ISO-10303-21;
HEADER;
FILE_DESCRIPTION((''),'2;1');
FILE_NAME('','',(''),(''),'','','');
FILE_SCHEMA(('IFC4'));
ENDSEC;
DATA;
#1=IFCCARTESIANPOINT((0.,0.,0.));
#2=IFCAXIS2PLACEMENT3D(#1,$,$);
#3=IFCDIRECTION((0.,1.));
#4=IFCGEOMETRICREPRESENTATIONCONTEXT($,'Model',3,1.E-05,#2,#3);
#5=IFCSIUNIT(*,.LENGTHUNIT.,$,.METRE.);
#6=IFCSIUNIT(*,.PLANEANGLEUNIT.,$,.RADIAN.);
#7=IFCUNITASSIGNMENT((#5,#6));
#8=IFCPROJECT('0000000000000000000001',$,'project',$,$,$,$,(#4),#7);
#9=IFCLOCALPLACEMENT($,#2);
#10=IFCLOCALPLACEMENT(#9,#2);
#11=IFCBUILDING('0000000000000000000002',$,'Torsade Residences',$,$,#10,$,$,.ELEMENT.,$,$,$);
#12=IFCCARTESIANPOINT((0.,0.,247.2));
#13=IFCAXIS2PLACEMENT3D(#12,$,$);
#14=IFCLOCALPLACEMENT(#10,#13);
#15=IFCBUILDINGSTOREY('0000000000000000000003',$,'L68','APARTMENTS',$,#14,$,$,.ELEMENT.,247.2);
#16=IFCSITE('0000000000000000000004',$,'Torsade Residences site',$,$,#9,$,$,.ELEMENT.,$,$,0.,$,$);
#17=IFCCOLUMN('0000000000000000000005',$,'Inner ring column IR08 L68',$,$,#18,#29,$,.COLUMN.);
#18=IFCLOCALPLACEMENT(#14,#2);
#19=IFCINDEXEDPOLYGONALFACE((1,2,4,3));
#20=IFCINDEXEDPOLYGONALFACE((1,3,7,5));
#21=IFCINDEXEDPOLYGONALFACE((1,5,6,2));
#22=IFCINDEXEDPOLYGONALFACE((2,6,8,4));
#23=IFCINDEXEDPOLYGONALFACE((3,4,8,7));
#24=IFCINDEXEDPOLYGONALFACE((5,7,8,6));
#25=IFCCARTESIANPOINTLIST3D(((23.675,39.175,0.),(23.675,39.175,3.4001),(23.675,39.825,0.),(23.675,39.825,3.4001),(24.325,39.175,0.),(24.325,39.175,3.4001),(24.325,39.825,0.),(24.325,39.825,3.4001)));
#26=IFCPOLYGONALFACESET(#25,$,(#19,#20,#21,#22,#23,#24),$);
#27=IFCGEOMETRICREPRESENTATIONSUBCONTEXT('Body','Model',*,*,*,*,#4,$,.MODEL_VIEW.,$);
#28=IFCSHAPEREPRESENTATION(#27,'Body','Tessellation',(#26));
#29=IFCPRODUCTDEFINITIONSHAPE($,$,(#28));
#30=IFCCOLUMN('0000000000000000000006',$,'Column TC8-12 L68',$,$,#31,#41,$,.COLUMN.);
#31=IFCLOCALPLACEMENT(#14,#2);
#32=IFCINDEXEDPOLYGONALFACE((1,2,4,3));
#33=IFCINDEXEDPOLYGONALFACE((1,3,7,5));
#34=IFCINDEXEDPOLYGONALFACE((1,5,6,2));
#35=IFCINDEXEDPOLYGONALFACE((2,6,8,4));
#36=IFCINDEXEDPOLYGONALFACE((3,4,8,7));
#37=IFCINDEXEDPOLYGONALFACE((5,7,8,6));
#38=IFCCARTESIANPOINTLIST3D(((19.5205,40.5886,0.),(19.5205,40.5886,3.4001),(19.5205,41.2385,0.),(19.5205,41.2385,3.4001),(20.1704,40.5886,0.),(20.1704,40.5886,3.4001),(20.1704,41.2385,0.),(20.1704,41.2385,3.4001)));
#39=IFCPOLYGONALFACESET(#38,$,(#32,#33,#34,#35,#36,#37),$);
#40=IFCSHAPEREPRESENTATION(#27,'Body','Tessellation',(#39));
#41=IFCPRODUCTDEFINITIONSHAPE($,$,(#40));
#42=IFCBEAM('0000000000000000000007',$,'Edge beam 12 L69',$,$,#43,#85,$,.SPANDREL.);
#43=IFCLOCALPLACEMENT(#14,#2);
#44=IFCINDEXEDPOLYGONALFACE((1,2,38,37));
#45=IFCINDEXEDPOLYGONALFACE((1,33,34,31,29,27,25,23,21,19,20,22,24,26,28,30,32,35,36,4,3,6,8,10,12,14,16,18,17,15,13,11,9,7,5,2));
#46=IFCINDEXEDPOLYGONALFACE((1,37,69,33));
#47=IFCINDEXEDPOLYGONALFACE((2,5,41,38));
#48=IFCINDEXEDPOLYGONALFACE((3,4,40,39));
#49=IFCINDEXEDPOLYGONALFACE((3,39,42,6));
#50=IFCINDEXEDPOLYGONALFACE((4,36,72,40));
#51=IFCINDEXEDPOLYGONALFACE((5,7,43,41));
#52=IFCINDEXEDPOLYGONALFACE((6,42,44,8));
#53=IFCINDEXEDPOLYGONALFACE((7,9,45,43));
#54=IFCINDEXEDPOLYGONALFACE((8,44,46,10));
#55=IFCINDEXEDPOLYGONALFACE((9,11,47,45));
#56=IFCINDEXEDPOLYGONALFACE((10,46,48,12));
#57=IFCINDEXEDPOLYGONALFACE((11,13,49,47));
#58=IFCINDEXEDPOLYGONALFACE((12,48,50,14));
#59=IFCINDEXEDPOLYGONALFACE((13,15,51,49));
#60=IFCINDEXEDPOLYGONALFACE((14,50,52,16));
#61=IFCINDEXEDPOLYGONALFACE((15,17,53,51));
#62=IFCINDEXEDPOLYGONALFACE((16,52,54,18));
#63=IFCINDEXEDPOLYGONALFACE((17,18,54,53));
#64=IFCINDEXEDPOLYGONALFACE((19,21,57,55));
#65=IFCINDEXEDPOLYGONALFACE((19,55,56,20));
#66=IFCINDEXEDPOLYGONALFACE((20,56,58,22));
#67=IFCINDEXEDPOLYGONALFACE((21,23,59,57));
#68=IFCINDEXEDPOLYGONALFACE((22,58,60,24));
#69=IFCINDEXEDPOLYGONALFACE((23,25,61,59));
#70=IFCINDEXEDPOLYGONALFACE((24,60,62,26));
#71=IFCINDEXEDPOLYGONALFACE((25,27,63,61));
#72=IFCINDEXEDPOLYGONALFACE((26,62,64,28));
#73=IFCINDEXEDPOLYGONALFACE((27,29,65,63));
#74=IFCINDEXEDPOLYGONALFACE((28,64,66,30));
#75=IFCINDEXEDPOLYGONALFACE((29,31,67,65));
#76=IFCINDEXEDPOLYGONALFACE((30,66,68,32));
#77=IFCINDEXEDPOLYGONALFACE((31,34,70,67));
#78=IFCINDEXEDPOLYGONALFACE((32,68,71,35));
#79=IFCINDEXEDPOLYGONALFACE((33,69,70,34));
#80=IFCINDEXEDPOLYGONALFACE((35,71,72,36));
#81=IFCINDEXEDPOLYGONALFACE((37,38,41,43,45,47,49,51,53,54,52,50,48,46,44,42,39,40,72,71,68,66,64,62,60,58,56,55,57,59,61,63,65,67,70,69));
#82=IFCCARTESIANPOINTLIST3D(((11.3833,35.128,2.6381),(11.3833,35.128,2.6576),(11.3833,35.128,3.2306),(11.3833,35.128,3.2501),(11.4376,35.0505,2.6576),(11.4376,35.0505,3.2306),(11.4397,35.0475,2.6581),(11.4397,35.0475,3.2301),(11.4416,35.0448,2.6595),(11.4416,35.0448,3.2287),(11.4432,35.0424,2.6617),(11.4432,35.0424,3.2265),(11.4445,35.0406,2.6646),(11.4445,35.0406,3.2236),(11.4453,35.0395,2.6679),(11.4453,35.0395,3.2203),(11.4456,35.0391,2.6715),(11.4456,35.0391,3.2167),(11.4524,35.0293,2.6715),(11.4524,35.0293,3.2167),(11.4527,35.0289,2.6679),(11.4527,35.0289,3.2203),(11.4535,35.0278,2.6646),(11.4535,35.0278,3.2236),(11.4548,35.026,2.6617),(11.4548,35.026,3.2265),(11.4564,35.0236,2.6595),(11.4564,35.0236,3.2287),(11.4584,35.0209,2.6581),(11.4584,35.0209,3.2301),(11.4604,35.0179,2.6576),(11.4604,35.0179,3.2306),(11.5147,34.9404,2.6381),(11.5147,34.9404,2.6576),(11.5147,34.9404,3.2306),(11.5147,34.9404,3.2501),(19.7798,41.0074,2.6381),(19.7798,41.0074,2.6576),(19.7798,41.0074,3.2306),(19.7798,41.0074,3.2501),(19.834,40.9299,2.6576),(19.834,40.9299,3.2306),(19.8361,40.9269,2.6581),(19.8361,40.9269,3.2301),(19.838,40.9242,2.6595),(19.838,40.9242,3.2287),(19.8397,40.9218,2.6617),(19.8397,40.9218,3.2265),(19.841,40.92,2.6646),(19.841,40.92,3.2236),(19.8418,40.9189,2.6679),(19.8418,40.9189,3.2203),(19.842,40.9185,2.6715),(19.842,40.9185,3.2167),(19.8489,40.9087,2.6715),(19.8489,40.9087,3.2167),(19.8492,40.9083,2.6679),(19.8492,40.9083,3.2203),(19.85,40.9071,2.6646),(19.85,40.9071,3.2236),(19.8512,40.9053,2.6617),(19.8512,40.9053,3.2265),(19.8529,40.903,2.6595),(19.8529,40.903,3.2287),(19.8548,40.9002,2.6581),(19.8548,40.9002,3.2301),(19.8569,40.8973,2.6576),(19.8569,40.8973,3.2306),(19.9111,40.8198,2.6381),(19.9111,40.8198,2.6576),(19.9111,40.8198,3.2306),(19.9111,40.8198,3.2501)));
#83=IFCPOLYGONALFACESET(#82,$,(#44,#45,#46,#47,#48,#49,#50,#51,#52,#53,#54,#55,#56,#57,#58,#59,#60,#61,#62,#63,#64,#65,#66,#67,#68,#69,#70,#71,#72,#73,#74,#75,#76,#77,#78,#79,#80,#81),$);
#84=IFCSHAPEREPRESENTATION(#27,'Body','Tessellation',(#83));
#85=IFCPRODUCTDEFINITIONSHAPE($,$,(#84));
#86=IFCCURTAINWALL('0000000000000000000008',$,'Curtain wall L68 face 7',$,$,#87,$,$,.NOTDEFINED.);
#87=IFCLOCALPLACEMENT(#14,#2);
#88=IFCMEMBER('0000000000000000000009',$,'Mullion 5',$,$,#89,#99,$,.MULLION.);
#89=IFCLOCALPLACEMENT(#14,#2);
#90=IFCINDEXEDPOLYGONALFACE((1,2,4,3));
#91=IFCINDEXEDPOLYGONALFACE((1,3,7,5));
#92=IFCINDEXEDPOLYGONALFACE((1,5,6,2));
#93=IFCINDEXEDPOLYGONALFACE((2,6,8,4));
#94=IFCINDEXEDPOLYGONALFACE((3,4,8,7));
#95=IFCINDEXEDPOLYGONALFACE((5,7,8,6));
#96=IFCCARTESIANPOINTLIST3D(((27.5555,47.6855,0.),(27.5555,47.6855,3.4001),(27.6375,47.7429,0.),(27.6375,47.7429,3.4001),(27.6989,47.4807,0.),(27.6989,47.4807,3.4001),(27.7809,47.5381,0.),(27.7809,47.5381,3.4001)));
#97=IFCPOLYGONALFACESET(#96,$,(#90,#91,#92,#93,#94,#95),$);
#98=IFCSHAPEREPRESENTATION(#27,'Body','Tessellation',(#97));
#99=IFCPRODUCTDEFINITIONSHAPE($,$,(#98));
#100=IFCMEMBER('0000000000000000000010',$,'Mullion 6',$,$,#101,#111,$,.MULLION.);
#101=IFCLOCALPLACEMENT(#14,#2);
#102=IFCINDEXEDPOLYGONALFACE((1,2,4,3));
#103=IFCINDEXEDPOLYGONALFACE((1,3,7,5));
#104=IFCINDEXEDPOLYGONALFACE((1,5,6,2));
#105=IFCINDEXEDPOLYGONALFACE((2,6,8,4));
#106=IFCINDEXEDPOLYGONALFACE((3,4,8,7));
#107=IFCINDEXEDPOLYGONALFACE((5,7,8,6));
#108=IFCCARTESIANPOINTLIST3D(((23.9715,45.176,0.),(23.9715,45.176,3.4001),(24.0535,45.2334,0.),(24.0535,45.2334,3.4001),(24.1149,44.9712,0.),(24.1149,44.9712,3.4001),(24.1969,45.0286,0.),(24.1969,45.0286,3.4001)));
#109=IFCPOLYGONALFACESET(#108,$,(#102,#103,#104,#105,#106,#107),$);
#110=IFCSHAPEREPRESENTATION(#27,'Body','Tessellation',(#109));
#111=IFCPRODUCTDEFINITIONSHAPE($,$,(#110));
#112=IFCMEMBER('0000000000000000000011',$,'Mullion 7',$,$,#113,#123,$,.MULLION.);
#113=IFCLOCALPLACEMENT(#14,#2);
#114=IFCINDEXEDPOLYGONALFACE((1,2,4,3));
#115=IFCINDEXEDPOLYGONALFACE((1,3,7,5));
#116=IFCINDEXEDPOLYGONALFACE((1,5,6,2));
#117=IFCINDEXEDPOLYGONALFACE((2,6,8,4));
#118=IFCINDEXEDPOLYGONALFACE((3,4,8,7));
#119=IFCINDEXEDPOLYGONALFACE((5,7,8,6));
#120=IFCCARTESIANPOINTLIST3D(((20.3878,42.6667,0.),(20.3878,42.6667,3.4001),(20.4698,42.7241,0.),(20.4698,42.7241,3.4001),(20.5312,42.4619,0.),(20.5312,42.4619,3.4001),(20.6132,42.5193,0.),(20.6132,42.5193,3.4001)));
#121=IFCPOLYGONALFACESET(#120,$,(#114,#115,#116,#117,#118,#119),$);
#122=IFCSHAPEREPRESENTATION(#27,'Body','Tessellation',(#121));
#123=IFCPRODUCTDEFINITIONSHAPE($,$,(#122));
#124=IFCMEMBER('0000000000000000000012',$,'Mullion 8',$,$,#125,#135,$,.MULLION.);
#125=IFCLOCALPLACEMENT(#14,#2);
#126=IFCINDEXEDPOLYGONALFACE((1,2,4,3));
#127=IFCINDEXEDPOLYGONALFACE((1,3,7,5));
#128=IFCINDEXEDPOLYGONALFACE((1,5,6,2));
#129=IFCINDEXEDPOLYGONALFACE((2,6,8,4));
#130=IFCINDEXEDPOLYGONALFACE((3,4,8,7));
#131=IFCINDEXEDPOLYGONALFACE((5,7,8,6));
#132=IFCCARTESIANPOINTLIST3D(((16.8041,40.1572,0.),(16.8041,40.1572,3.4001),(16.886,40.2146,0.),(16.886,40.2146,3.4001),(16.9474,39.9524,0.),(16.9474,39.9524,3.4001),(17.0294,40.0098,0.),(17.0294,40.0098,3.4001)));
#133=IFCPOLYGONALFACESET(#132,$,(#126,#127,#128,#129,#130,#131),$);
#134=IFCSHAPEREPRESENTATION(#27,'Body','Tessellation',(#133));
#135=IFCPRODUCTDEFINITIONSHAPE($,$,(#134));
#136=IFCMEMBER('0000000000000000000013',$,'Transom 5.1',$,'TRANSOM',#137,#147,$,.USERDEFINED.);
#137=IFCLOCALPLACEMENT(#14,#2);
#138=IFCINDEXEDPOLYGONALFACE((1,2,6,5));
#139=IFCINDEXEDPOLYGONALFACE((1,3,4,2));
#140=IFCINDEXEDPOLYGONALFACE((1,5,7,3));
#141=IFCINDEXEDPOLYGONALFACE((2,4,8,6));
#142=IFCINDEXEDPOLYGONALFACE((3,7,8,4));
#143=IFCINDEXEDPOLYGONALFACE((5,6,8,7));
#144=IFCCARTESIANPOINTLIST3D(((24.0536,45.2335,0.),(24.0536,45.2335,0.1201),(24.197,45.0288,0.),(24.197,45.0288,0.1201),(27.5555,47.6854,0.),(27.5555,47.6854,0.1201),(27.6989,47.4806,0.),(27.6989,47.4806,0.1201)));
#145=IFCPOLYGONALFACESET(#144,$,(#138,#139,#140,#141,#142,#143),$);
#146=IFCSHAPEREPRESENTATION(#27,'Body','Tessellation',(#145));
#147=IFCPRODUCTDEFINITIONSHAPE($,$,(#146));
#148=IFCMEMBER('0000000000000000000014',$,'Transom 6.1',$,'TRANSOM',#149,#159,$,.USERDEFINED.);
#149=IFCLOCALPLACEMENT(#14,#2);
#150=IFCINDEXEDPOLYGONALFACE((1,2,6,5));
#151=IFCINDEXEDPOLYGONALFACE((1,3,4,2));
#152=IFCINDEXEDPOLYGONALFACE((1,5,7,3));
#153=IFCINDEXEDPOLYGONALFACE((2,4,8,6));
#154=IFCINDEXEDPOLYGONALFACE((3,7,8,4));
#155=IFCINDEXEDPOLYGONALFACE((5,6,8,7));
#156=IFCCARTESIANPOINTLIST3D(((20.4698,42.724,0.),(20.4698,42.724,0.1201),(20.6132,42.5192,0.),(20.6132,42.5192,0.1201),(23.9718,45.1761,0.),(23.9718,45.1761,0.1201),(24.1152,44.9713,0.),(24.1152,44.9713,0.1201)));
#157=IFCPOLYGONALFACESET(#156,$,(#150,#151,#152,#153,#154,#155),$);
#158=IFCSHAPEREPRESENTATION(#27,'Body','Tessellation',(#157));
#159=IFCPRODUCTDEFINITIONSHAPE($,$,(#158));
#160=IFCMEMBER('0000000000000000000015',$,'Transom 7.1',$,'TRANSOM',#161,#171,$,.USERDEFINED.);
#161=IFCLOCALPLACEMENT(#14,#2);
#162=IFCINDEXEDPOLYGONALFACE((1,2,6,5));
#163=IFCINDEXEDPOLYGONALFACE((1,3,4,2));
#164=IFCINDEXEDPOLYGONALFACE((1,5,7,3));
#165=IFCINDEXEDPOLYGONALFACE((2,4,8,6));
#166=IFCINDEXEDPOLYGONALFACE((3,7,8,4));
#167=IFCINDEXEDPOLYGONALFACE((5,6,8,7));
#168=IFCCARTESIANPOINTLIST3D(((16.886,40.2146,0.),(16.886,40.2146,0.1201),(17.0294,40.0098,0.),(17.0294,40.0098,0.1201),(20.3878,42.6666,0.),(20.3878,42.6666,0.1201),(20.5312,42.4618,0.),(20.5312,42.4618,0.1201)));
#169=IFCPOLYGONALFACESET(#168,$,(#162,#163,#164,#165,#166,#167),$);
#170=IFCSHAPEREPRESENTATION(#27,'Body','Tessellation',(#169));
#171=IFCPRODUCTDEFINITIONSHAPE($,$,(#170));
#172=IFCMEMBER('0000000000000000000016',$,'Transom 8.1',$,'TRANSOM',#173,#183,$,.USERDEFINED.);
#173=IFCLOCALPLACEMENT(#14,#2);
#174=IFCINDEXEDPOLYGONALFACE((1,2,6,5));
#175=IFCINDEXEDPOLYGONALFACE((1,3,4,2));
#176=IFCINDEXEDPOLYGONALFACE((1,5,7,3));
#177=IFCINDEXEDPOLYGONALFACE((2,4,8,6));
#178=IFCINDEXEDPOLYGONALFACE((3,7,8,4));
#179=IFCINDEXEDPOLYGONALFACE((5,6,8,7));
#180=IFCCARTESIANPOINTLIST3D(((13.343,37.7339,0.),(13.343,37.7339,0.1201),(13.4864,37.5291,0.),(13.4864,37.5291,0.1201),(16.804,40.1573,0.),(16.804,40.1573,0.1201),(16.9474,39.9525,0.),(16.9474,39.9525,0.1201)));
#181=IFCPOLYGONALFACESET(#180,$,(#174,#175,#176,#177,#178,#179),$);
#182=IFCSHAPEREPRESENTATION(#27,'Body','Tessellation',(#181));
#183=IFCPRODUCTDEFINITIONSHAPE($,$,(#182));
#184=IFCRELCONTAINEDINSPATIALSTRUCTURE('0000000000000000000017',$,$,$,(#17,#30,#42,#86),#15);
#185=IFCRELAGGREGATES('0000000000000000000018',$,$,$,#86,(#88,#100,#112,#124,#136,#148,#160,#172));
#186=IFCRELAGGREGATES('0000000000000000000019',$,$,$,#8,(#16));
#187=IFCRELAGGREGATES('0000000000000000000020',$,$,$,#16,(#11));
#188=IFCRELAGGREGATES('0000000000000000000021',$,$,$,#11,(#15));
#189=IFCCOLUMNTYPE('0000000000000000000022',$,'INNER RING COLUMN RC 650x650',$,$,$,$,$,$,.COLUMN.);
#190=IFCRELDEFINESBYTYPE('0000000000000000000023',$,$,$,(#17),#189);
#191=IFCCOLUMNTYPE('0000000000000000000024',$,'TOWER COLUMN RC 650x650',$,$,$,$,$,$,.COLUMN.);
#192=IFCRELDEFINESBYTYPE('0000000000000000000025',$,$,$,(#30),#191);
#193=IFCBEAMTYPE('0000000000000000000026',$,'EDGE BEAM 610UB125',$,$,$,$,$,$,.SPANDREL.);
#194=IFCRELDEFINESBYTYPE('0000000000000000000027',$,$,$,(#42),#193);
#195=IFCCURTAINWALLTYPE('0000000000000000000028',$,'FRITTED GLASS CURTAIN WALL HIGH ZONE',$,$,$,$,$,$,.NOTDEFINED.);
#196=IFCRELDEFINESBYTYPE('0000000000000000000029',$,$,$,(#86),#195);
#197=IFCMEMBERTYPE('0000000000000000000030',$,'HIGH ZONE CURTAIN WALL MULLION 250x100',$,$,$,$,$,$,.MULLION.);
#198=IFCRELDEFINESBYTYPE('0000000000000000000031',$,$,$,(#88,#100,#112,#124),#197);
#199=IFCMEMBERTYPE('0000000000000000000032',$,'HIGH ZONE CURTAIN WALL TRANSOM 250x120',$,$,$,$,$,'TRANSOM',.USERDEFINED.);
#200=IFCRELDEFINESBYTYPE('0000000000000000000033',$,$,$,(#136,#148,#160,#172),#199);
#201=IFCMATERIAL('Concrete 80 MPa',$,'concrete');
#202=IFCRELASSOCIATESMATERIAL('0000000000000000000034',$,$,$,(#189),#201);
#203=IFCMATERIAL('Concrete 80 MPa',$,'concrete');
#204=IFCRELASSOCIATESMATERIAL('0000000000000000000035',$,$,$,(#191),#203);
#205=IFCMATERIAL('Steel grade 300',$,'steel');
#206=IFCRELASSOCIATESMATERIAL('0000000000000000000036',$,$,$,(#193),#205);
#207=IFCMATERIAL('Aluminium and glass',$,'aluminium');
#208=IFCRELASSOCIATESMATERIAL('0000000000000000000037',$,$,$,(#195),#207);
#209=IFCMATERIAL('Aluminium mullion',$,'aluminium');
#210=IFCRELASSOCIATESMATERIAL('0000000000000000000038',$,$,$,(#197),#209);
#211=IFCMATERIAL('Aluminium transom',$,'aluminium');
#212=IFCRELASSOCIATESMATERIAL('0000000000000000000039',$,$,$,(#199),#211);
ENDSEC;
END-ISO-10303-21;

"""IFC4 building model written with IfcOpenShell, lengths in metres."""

from ifc_helpers import new_model, si_unit, direction, frame, origin, origin_2d, place, context, subcontext, project, spatial, rectangle, i_section, extrude, material, material_profile, profile_set, type_object, element, aggregate, save


model = new_model("IFC4")

# Units and contexts
model_context = context("Model", 3, precision=1e-05, world=origin(), true_north=direction((0.0, 1.0)))
body_context = subcontext(model_context, "Body", "Model", "MODEL_VIEW")
ifc_project = project(units=[si_unit("LENGTHUNIT", "METRE"), si_unit("PLANEANGLEUNIT", "RADIAN")], contexts=[model_context])

# Site, building, storey
site_placement = place(None, origin())
site = spatial("IfcSite", under=ifc_project, at=site_placement, Name="Torsade Residences site", CompositionType="ELEMENT", RefElevation=0.0)
building_placement = place(site_placement, origin())
building = spatial("IfcBuilding", under=site, at=building_placement, Name="Torsade Residences", CompositionType="ELEMENT")
storey_placement = place(building_placement, frame((0.0, 0.0, 247.2)))
storey = spatial("IfcBuildingStorey", under=building, at=storey_placement, Name="L68", Description="APARTMENTS", CompositionType="ELEMENT", Elevation=247.2)

# Columns
ifc_material_1 = material(Name="Concrete 80 MPa", Category="concrete")
ifc_material_profile_1 = material_profile(ifc_material_1, rectangle(XDim=0.6499, YDim=0.6499, at=origin_2d()), Name="RC 650x650")
ifc_profile_set_1 = profile_set([ifc_material_profile_1], Name="Concrete 80 MPa")
column_type_1 = type_object("IfcColumnType", Name="INNER RING COLUMN RC 650x650", PredefinedType="COLUMN", material=ifc_profile_set_1)
column_1_placement = place(storey_placement, frame((24.0, 39.5, 0.0), z_axis=(0.0, 0.0, 1.0), x_axis=(1.0, 0.0, 0.0)))
element("IfcColumn", 1, at=column_1_placement, inside=storey, type_object=column_type_1, Name="Inner ring column IR08 L68", PredefinedType="COLUMN", context=body_context, shape_type="SweptSolid", body=[
    extrude(rectangle(XDim=0.6499, YDim=0.6499, at=origin_2d()), origin(), (0.0, 0.0, 1.0), 3.4001),
])
ifc_material_2 = material(Name="Concrete 80 MPa", Category="concrete")
ifc_material_profile_2 = material_profile(ifc_material_2, rectangle(XDim=0.6499, YDim=0.6499, at=origin_2d()), Name="RC 650x650")
ifc_profile_set_2 = profile_set([ifc_material_profile_2], Name="Concrete 80 MPa")
column_type_2 = type_object("IfcColumnType", Name="TOWER COLUMN RC 650x650", PredefinedType="COLUMN", material=ifc_profile_set_2)
column_2_placement = place(storey_placement, frame((19.8455, 40.9136, 0.0), z_axis=(0.0, 0.0, 1.0), x_axis=(1.0, 0.0, 0.0)))
element("IfcColumn", 2, at=column_2_placement, inside=storey, type_object=column_type_2, Name="Column TC8-12 L68", PredefinedType="COLUMN", context=body_context, shape_type="SweptSolid", body=[
    extrude(rectangle(XDim=0.6499, YDim=0.6499, at=origin_2d()), origin(), (0.0, 0.0, 1.0), 3.4001),
])

# Beam
ifc_material_3 = material(Name="Steel grade 300", Category="steel")
ifc_material_profile_3 = material_profile(ifc_material_3, i_section(OverallWidth=0.229, OverallDepth=0.6121, WebThickness=0.012, FlangeThickness=0.0195, FilletRadius=0.0139, at=origin_2d()), Name="610UB125")
ifc_profile_set_3 = profile_set([ifc_material_profile_3], Name="Steel grade 300")
beam_type_1 = type_object("IfcBeamType", Name="EDGE BEAM 610UB125", PredefinedType="SPANDREL", material=ifc_profile_set_3)
beam_1_placement = place(storey_placement, frame((19.8455, 40.9136, 2.9441), z_axis=(-0.819147, -0.573584, 0.0), x_axis=(0.573584, -0.819147, 0.0)))
element("IfcBeam", 3, at=beam_1_placement, inside=storey, type_object=beam_type_1, Name="Edge beam 12 L69", PredefinedType="SPANDREL", context=body_context, shape_type="SweptSolid", body=[
    extrude(i_section(OverallWidth=0.229, OverallDepth=0.6121, WebThickness=0.012, FlangeThickness=0.0195, FilletRadius=0.0139, at=origin_2d()), origin(), (0.0, 0.0, 1.0), 10.2502),
])

# Curtain wall, members
ifc_material_4 = material(Name="Aluminium and glass", Category="aluminium")
curtain_wall_type = type_object("IfcCurtainWallType", Name="FRITTED GLASS CURTAIN WALL HIGH ZONE", PredefinedType="NOTDEFINED", material=ifc_material_4)
curtain_wall_placement = place(storey_placement, origin())
curtain_wall = element("IfcCurtainWall", 4, at=curtain_wall_placement, inside=storey, type_object=curtain_wall_type, Name="Curtain wall L68 face 7", PredefinedType="NOTDEFINED")
ifc_material_5 = material(Name="Aluminium mullion", Category="aluminium")
ifc_material_profile_4 = material_profile(ifc_material_5, rectangle(XDim=0.25, YDim=0.1001, at=origin_2d()), Name="HIGH ZONE CURTAIN WALL MULLION 250x100")
ifc_profile_set_4 = profile_set([ifc_material_profile_4], Name="Aluminium mullion")
member_type_1 = type_object("IfcMemberType", Name="HIGH ZONE CURTAIN WALL MULLION 250x100", PredefinedType="MULLION", material=ifc_profile_set_4)
member_1_placement = place(storey_placement, frame((27.6682, 47.6118, 0.0), z_axis=(0.0, 0.0, 1.0), x_axis=(0.573576, -0.819152, 0.0)))
member_1 = element("IfcMember", 5, at=member_1_placement, type_object=member_type_1, Name="Mullion 5", PredefinedType="MULLION", context=body_context, shape_type="SweptSolid", body=[
    extrude(rectangle(XDim=0.25, YDim=0.1001, at=origin_2d()), origin(), (0.0, 0.0, 1.0), 3.4001),
])
member_2_placement = place(storey_placement, frame((24.0842, 45.1023, 0.0), z_axis=(0.0, 0.0, 1.0), x_axis=(0.573576, -0.819152, 0.0)))
member_2 = element("IfcMember", 6, at=member_2_placement, type_object=member_type_1, Name="Mullion 6", PredefinedType="MULLION", context=body_context, shape_type="SweptSolid", body=[
    extrude(rectangle(XDim=0.25, YDim=0.1001, at=origin_2d()), origin(), (0.0, 0.0, 1.0), 3.4001),
])
member_3_placement = place(storey_placement, frame((20.5005, 42.593, 0.0), z_axis=(0.0, 0.0, 1.0), x_axis=(0.573576, -0.819152, 0.0)))
member_3 = element("IfcMember", 7, at=member_3_placement, type_object=member_type_1, Name="Mullion 7", PredefinedType="MULLION", context=body_context, shape_type="SweptSolid", body=[
    extrude(rectangle(XDim=0.25, YDim=0.1001, at=origin_2d()), origin(), (0.0, 0.0, 1.0), 3.4001),
])
member_4_placement = place(storey_placement, frame((16.9167, 40.0835, 0.0), z_axis=(0.0, 0.0, 1.0), x_axis=(0.573576, -0.819152, 0.0)))
member_4 = element("IfcMember", 8, at=member_4_placement, type_object=member_type_1, Name="Mullion 8", PredefinedType="MULLION", context=body_context, shape_type="SweptSolid", body=[
    extrude(rectangle(XDim=0.25, YDim=0.1001, at=origin_2d()), origin(), (0.0, 0.0, 1.0), 3.4001),
])
ifc_material_6 = material(Name="Aluminium transom", Category="aluminium")
ifc_material_profile_5 = material_profile(ifc_material_6, rectangle(XDim=0.25, YDim=0.1201, at=origin_2d()), Name="HIGH ZONE CURTAIN WALL TRANSOM 250x120")
ifc_profile_set_5 = profile_set([ifc_material_profile_5], Name="Aluminium transom")
member_type_2 = type_object("IfcMemberType", Name="HIGH ZONE CURTAIN WALL TRANSOM 250x120", ElementType="TRANSOM", PredefinedType="USERDEFINED", material=ifc_profile_set_5)
member_5_placement = place(storey_placement, frame((27.6272, 47.583, 0.0601), z_axis=(-0.819173, -0.573547, 0.0), x_axis=(0.573547, -0.819173, 0.0)))
member_5 = element("IfcMember", 9, at=member_5_placement, type_object=member_type_2, Name="Transom 5.1", ObjectType="TRANSOM", PredefinedType="USERDEFINED", context=body_context, shape_type="SweptSolid", body=[
    extrude(rectangle(XDim=0.25, YDim=0.1201, at=origin_2d()), origin(), (0.0, 0.0, 1.0), 4.2749),
])
member_6_placement = place(storey_placement, frame((24.0435, 45.0737, 0.0601), z_axis=(-0.819146, -0.573585, 0.0), x_axis=(0.573585, -0.819146, 0.0)))
member_6 = element("IfcMember", 10, at=member_6_placement, type_object=member_type_2, Name="Transom 6.1", ObjectType="TRANSOM", PredefinedType="USERDEFINED", context=body_context, shape_type="SweptSolid", body=[
    extrude(rectangle(XDim=0.25, YDim=0.1201, at=origin_2d()), origin(), (0.0, 0.0, 1.0), 4.2751),
])
member_7_placement = place(storey_placement, frame((20.4595, 42.5642, 0.0601), z_axis=(-0.819154, -0.573573, 0.0), x_axis=(0.573573, -0.819154, 0.0)))
member_7 = element("IfcMember", 11, at=member_7_placement, type_object=member_type_2, Name="Transom 7.1", ObjectType="TRANSOM", PredefinedType="USERDEFINED", context=body_context, shape_type="SweptSolid", body=[
    extrude(rectangle(XDim=0.25, YDim=0.1201, at=origin_2d()), origin(), (0.0, 0.0, 1.0), 4.2749),
])
member_8_placement = place(storey_placement, frame((16.8757, 40.0549, 0.0601), z_axis=(-0.819156, -0.573571, 0.0), x_axis=(0.573571, -0.819156, 0.0)))
member_8 = element("IfcMember", 12, at=member_8_placement, type_object=member_type_2, Name="Transom 8.1", ObjectType="TRANSOM", PredefinedType="USERDEFINED", context=body_context, shape_type="SweptSolid", body=[
    extrude(rectangle(XDim=0.25, YDim=0.1201, at=origin_2d()), origin(), (0.0, 0.0, 1.0), 4.2251),
])

aggregate(curtain_wall, [member_1, member_2, member_3, member_4, member_5, member_6, member_7, member_8])

save(model, "model.ifc")
